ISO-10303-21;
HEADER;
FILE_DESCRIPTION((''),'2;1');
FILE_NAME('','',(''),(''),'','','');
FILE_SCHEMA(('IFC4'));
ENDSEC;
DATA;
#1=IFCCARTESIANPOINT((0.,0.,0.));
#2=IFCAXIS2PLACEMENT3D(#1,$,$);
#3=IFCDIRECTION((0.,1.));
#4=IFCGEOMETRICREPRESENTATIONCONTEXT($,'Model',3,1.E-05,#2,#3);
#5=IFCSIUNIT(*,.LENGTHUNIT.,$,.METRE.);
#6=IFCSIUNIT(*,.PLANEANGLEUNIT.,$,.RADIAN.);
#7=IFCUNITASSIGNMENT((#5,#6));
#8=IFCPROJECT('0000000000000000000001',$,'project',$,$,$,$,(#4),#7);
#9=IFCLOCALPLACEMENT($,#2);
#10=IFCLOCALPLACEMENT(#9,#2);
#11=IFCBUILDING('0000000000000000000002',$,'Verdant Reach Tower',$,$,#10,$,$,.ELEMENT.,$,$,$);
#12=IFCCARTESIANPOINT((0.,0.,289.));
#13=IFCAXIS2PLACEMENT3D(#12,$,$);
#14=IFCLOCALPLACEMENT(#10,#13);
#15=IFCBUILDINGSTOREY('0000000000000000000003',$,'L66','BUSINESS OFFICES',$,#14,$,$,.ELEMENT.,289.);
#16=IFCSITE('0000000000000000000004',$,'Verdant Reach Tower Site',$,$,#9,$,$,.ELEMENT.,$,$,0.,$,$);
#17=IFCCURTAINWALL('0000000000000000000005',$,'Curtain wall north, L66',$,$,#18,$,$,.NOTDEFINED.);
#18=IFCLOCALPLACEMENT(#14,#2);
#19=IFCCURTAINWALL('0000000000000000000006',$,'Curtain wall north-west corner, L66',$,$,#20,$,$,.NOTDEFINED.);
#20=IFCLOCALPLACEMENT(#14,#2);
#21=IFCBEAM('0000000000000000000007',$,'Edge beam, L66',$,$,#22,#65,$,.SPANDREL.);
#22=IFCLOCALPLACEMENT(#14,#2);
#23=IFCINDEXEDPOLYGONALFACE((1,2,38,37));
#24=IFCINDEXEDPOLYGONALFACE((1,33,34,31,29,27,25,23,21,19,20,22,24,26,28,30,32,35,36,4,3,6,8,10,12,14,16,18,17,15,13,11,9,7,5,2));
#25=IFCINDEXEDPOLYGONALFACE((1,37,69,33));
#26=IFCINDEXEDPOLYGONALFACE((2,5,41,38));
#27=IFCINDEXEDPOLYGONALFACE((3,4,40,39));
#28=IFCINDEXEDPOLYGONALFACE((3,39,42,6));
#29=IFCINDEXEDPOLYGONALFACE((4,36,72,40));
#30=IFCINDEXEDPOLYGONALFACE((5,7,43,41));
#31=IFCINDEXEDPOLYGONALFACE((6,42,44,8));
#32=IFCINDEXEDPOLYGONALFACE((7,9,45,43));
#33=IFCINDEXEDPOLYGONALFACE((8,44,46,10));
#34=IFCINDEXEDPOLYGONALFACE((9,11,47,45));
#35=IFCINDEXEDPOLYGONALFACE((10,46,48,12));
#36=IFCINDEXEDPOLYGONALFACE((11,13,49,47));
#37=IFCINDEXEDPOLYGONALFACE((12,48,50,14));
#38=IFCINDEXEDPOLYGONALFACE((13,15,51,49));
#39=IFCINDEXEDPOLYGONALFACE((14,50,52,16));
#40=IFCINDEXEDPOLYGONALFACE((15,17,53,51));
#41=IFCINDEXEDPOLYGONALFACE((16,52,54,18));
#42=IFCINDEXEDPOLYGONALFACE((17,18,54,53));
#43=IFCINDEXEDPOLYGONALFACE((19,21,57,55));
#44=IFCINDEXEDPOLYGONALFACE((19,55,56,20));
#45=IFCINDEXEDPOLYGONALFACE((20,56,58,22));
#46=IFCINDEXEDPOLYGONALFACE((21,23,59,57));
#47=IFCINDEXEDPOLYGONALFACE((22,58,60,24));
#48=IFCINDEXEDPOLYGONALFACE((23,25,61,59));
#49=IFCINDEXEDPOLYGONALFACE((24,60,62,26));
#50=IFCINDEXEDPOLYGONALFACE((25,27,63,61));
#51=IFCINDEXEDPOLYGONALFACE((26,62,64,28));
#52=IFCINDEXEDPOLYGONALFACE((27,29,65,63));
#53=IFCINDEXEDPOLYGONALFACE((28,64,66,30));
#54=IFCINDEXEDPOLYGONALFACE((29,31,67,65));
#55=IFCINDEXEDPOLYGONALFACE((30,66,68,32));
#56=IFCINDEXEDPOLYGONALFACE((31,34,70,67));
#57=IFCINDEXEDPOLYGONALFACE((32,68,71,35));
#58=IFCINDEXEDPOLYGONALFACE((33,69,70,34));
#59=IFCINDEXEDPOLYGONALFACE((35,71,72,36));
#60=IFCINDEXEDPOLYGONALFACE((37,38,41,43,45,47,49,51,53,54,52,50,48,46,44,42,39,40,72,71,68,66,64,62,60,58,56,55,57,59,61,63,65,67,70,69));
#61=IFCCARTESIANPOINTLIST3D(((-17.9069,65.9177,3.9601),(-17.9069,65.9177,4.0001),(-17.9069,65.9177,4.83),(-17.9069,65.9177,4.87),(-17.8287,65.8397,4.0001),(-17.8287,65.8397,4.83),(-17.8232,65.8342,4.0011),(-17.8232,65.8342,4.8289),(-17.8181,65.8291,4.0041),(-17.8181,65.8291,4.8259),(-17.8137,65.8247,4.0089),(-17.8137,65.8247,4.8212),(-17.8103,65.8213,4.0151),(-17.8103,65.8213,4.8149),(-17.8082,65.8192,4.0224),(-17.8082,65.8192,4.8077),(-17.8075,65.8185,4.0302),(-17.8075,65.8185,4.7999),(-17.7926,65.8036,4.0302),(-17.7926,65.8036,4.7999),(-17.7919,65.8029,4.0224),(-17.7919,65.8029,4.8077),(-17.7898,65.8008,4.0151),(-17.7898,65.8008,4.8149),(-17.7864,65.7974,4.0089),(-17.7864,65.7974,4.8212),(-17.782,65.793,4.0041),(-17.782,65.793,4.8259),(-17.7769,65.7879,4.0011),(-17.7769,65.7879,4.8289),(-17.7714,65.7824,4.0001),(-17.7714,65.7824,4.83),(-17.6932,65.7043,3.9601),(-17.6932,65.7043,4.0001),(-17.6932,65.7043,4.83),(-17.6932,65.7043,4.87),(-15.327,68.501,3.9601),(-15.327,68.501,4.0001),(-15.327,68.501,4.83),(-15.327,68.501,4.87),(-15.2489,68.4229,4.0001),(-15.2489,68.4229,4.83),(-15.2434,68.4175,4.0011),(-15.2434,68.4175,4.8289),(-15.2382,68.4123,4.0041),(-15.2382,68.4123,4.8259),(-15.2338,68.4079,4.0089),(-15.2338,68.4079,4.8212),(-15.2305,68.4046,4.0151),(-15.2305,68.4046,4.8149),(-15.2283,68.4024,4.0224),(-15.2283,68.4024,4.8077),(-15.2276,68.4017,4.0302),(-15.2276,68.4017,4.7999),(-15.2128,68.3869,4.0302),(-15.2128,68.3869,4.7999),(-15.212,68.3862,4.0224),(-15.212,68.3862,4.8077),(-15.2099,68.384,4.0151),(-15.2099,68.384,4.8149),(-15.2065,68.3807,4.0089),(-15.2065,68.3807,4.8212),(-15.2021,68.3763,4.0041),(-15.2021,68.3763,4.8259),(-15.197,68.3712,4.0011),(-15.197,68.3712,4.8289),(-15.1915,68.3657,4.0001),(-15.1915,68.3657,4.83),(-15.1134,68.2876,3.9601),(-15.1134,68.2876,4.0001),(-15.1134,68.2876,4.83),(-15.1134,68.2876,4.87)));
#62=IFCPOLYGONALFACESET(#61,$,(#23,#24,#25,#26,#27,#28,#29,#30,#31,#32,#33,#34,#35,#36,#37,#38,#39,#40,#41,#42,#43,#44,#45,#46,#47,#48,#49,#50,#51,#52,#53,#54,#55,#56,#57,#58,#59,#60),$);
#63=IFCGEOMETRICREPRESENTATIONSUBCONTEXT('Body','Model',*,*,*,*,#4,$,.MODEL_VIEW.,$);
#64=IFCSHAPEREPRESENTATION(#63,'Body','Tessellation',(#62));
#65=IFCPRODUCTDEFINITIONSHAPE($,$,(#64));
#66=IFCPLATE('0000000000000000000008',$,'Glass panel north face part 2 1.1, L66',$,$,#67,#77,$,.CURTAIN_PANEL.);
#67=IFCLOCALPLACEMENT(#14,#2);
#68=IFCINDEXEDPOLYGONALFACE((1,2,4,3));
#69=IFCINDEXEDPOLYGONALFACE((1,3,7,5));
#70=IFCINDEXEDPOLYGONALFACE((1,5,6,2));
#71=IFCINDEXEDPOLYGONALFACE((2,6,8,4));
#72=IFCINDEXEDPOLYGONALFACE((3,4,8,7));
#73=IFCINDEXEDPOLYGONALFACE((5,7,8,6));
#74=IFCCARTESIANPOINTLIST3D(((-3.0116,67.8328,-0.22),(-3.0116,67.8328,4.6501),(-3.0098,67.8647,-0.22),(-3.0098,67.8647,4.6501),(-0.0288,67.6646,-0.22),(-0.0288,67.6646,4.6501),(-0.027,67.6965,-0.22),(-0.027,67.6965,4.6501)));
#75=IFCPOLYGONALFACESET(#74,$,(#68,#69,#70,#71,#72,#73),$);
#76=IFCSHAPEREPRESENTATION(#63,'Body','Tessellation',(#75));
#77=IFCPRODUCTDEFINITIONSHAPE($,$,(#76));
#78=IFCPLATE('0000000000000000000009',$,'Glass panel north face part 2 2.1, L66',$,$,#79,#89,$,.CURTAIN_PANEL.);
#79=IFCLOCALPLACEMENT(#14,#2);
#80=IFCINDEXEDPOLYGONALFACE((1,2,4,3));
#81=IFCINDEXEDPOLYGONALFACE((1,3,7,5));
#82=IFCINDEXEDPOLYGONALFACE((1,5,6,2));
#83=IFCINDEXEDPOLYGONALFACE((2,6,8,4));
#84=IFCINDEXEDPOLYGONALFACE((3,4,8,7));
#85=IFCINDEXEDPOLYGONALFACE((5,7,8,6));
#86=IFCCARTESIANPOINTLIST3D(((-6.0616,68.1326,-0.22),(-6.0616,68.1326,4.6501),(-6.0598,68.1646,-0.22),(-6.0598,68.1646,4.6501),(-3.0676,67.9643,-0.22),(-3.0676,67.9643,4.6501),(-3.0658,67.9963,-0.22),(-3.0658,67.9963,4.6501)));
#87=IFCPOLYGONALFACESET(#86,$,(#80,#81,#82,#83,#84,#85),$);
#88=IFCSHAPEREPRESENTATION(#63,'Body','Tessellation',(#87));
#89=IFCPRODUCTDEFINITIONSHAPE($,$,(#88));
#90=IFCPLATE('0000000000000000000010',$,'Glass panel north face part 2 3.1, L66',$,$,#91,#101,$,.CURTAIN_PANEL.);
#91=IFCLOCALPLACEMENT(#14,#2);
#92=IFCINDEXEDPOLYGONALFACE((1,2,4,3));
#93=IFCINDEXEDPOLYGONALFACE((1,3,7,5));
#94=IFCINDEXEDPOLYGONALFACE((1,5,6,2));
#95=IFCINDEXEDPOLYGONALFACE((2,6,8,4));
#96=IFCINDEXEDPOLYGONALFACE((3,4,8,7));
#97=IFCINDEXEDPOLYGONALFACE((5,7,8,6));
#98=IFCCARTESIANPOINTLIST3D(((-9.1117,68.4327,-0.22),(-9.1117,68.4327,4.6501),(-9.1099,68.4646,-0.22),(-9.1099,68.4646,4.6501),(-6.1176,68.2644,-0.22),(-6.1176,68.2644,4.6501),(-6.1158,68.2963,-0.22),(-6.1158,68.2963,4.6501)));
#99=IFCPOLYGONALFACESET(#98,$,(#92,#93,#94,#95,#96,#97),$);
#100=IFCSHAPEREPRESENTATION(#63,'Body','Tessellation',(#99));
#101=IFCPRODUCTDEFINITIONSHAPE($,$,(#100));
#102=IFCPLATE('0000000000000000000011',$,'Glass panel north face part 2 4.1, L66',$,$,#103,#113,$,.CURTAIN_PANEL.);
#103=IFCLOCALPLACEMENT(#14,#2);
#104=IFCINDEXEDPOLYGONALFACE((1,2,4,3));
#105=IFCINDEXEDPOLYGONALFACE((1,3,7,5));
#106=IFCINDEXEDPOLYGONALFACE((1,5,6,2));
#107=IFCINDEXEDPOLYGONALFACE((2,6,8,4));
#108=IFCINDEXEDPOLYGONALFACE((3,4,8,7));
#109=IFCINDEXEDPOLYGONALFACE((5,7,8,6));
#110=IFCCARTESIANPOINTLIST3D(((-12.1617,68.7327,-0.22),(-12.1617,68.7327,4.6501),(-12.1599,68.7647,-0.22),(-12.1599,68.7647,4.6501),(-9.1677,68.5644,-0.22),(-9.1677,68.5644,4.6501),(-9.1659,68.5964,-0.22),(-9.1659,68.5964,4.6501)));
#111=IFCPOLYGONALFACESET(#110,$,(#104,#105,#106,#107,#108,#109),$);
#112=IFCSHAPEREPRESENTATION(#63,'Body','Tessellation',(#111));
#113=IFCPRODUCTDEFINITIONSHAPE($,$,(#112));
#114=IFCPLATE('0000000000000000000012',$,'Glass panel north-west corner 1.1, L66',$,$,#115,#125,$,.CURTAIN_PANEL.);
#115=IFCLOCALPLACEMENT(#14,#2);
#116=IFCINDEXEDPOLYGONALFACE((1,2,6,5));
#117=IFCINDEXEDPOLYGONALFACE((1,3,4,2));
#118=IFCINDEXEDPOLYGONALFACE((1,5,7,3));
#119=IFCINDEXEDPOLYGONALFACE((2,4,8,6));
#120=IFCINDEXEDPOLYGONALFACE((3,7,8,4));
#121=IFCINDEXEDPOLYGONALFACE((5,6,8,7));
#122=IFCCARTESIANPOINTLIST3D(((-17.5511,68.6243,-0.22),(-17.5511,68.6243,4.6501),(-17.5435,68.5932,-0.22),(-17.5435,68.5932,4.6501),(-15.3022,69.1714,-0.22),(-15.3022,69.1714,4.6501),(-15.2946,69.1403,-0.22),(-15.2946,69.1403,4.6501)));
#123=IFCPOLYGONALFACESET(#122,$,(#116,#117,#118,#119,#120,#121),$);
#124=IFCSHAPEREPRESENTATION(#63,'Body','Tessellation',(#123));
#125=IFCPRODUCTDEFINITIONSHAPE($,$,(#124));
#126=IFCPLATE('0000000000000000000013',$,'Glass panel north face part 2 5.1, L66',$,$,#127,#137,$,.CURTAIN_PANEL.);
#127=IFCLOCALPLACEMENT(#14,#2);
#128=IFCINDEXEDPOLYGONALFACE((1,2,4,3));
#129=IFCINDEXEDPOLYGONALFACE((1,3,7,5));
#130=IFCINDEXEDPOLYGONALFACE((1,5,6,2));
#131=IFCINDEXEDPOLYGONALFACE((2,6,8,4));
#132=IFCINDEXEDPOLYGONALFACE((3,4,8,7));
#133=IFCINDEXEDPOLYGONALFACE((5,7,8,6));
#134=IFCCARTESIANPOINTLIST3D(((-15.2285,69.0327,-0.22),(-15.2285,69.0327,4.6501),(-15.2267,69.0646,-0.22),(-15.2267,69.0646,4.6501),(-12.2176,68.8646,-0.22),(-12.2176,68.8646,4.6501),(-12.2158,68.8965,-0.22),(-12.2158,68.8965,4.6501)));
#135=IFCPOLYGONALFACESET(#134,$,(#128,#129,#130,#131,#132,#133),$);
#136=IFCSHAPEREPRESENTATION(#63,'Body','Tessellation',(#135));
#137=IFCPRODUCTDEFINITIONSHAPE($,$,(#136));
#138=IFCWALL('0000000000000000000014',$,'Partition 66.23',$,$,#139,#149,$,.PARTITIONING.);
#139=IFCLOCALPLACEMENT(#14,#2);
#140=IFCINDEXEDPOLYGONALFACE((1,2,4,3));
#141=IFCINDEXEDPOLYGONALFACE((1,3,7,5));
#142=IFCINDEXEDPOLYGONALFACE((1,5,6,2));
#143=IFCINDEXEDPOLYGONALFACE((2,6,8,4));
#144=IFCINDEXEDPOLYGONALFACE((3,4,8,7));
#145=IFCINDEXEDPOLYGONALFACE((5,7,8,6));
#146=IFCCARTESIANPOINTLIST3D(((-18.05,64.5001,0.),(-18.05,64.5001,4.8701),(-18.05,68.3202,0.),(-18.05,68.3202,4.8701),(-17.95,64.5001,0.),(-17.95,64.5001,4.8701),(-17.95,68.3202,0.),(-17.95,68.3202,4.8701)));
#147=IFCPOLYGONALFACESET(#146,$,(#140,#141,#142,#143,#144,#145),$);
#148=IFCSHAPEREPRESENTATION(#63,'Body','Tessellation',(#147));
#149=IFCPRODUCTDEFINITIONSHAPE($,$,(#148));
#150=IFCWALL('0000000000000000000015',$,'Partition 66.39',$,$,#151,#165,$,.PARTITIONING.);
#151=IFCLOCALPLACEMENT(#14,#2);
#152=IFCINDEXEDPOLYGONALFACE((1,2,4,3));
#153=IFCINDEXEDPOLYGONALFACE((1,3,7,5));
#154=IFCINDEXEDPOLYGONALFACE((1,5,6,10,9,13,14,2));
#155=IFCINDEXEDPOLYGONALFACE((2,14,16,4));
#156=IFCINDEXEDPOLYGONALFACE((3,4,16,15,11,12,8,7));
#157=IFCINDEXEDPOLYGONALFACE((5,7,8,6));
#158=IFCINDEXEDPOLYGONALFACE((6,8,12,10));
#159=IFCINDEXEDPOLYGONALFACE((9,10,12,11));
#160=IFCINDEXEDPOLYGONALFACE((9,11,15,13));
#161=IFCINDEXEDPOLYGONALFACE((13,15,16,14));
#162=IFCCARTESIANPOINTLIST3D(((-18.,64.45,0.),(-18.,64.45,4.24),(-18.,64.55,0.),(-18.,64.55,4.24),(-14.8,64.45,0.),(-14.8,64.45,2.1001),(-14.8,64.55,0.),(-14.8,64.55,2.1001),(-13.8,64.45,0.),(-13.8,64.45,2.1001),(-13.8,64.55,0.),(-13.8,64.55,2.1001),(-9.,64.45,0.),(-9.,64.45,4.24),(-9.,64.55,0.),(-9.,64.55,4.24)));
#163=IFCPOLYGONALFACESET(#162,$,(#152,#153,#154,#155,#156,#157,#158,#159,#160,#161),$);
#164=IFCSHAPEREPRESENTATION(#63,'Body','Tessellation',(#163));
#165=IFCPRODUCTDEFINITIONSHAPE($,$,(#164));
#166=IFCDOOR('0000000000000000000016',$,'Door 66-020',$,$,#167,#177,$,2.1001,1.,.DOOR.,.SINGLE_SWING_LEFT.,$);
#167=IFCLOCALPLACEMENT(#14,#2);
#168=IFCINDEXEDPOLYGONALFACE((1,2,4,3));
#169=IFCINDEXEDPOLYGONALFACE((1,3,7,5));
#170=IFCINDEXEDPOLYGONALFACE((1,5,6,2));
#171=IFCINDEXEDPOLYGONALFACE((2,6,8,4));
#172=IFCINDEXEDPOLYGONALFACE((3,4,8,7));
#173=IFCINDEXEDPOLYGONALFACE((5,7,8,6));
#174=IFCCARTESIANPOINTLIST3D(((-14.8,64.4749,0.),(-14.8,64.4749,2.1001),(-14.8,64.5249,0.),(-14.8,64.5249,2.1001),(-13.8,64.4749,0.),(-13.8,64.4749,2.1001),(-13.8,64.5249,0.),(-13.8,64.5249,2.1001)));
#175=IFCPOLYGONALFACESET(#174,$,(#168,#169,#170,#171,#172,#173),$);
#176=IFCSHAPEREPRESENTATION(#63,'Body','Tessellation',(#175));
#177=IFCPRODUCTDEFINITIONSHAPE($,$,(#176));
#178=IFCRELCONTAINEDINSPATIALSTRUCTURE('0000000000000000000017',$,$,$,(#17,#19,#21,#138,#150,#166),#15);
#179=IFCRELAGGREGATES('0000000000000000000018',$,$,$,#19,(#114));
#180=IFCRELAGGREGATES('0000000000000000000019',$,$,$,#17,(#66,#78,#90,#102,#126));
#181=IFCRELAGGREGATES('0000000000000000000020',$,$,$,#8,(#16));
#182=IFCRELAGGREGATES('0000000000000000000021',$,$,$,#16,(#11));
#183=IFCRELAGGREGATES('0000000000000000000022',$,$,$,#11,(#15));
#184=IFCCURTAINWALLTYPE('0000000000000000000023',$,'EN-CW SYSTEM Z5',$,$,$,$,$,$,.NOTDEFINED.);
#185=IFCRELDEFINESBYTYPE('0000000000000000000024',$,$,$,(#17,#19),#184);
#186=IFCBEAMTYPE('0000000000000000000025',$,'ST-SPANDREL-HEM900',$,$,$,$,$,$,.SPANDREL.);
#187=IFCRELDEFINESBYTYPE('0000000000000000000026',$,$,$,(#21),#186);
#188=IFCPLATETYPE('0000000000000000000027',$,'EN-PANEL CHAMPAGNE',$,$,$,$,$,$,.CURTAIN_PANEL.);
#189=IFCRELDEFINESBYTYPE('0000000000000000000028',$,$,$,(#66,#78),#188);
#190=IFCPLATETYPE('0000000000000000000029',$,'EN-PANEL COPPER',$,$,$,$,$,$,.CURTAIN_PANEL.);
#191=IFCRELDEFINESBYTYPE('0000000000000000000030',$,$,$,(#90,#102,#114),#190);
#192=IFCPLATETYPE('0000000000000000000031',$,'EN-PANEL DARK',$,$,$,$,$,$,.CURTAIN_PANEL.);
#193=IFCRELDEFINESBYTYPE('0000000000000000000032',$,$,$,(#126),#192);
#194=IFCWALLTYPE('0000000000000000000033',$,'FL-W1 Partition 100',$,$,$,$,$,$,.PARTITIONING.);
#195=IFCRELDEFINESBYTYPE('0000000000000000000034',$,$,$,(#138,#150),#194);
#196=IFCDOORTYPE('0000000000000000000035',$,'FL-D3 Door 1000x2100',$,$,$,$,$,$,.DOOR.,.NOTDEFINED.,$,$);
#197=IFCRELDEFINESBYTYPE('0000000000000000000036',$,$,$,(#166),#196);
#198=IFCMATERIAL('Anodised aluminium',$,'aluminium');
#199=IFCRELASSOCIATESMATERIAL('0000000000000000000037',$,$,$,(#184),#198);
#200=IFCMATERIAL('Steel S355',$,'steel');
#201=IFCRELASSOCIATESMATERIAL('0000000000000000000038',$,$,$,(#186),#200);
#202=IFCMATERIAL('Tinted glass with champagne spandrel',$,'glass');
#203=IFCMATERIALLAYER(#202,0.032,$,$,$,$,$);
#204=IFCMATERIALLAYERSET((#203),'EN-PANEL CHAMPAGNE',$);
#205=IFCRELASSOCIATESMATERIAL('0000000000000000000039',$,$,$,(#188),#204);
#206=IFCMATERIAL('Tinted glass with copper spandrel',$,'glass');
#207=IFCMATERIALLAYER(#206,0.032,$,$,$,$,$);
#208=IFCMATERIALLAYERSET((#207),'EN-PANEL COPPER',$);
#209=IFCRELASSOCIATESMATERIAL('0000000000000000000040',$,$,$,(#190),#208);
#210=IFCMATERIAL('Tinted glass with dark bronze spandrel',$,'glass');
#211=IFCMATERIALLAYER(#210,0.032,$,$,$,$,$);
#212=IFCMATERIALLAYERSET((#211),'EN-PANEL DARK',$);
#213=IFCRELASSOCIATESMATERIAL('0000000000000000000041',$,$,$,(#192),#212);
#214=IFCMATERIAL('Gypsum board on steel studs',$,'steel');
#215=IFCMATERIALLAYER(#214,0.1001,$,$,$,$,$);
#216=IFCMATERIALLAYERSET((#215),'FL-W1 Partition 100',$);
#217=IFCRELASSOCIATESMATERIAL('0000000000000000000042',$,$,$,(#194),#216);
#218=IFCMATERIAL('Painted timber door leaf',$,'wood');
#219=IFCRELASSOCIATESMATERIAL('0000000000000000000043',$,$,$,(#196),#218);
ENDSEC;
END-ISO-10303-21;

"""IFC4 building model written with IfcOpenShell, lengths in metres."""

from ifc_helpers import new_model, si_unit, direction, frame, frame_2d, origin, origin_2d, place, context, subcontext, project, spatial, rectangle, i_section, extrude, material, layer, layer_set, material_profile, profile_set, type_object, element, fill, aggregate, save


model = new_model("IFC4")

# Units and contexts
model_context = context("Model", 3, precision=1e-05, world=origin(), true_north=direction((0.0, 1.0)))
body_context = subcontext(model_context, "Body", "Model", "MODEL_VIEW")
ifc_project = project(units=[si_unit("LENGTHUNIT", "METRE"), si_unit("PLANEANGLEUNIT", "RADIAN")], contexts=[model_context])

# Site, building, storey
site_placement = place(None, origin())
site = spatial("IfcSite", under=ifc_project, at=site_placement, Name="Verdant Reach Tower Site", CompositionType="ELEMENT", RefElevation=0.0)
building_placement = place(site_placement, origin())
building = spatial("IfcBuilding", under=site, at=building_placement, Name="Verdant Reach Tower", CompositionType="ELEMENT")
storey_placement = place(building_placement, frame((0.0, 0.0, 289.0)))
storey = spatial("IfcBuildingStorey", under=building, at=storey_placement, Name="L66", Description="BUSINESS OFFICES", CompositionType="ELEMENT", Elevation=289.0)

# Curtain walls
ifc_material_1 = material(Name="Anodised aluminium", Category="aluminium")
curtain_wall_type = type_object("IfcCurtainWallType", Name="EN-CW SYSTEM Z5", PredefinedType="NOTDEFINED", material=ifc_material_1)
curtain_wall_1_placement = place(storey_placement, origin())
curtain_wall_1 = element("IfcCurtainWall", 1, at=curtain_wall_1_placement, inside=storey, type_object=curtain_wall_type, Name="Curtain wall north, L66", PredefinedType="NOTDEFINED")
curtain_wall_2_placement = place(storey_placement, origin())
curtain_wall_2 = element("IfcCurtainWall", 2, at=curtain_wall_2_placement, inside=storey, type_object=curtain_wall_type, Name="Curtain wall north-west corner, L66", PredefinedType="NOTDEFINED")

# Beam
ifc_material_2 = material(Name="Steel S355", Category="steel")
ifc_material_profile_1 = material_profile(ifc_material_2, i_section(OverallWidth=0.302, OverallDepth=0.9099, WebThickness=0.021, FlangeThickness=0.04, FilletRadius=0.03, at=origin_2d()), Name="HEM 900")
ifc_profile_set_1 = profile_set([ifc_material_profile_1], Name="Steel S355")
beam_type_1 = type_object("IfcBeamType", Name="ST-SPANDREL-HEM900", PredefinedType="SPANDREL", material=ifc_profile_set_1)
beam_1_placement = place(storey_placement, frame((-17.8, 65.811, 4.415), z_axis=(0.706639, 0.707575, 0.0), x_axis=(-0.707575, 0.706639, 0.0)))
element("IfcBeam", 3, at=beam_1_placement, inside=storey, type_object=beam_type_1, Name="Edge beam, L66", PredefinedType="SPANDREL", context=body_context, shape_type="SweptSolid", body=[
    extrude(i_section(OverallWidth=0.302, OverallDepth=0.9099, WebThickness=0.021, FlangeThickness=0.04, FilletRadius=0.03, at=origin_2d()), origin(), (0.0, 0.0, 1.0), 3.6509),
])

# Plates
ifc_material_3 = material(Name="Tinted glass with champagne spandrel", Category="glass")
ifc_layer_1 = layer(ifc_material_3, 0.032)
ifc_layer_set_1 = layer_set([ifc_layer_1], Name="EN-PANEL CHAMPAGNE")
plate_type_1 = type_object("IfcPlateType", Name="EN-PANEL CHAMPAGNE", PredefinedType="CURTAIN_PANEL", material=ifc_layer_set_1)
plate_1_placement = place(storey_placement, frame((-1.5193, 67.7646, -0.22), z_axis=(0.0, 0.0, 1.0), x_axis=(-0.998413, 0.056308, 0.0)))
plate_1 = element("IfcPlate", 4, at=plate_1_placement, type_object=plate_type_1, Name="Glass panel north face part 2 1.1, L66", PredefinedType="CURTAIN_PANEL", context=body_context, shape_type="SweptSolid", body=[
    extrude(rectangle(XDim=2.9875, YDim=0.032, at=origin_2d()), origin(), (0.0, 0.0, 1.0), 4.8701),
])
plate_2_placement = place(storey_placement, frame((-4.5637, 68.0645, -0.22), z_axis=(0.0, 0.0, 1.0), x_axis=(-0.998424, 0.056128, 0.0)))
plate_2 = element("IfcPlate", 5, at=plate_2_placement, type_object=plate_type_1, Name="Glass panel north face part 2 2.1, L66", PredefinedType="CURTAIN_PANEL", context=body_context, shape_type="SweptSolid", body=[
    extrude(rectangle(XDim=2.9988, YDim=0.032, at=origin_2d()), origin(), (0.0, 0.0, 1.0), 4.8701),
])
ifc_material_4 = material(Name="Tinted glass with copper spandrel", Category="glass")
ifc_layer_2 = layer(ifc_material_4, 0.032)
ifc_layer_set_2 = layer_set([ifc_layer_2], Name="EN-PANEL COPPER")
plate_type_2 = type_object("IfcPlateType", Name="EN-PANEL COPPER", PredefinedType="CURTAIN_PANEL", material=ifc_layer_set_2)
plate_3_placement = place(storey_placement, frame((-7.6138, 68.3645, -0.22), z_axis=(0.0, 0.0, 1.0), x_axis=(-0.998424, 0.056128, 0.0)))
plate_3 = element("IfcPlate", 6, at=plate_3_placement, type_object=plate_type_2, Name="Glass panel north face part 2 3.1, L66", PredefinedType="CURTAIN_PANEL", context=body_context, shape_type="SweptSolid", body=[
    extrude(rectangle(XDim=2.9988, YDim=0.032, at=origin_2d()), origin(), (0.0, 0.0, 1.0), 4.8701),
])
plate_4_placement = place(storey_placement, frame((-10.6638, 68.6646, -0.22), z_axis=(0.0, 0.0, 1.0), x_axis=(-0.998424, 0.056128, 0.0)))
plate_4 = element("IfcPlate", 7, at=plate_4_placement, type_object=plate_type_2, Name="Glass panel north face part 2 4.1, L66", PredefinedType="CURTAIN_PANEL", context=body_context, shape_type="SweptSolid", body=[
    extrude(rectangle(XDim=2.9988, YDim=0.032, at=origin_2d()), origin(), (0.0, 0.0, 1.0), 4.8701),
])
plate_5_placement = place(storey_placement, frame((-16.4229, 68.8823, -0.22), z_axis=(0.0, 0.0, 1.0), x_axis=(-0.971662, -0.236376, 0.0)))
plate_5 = element("IfcPlate", 8, at=plate_5_placement, type_object=plate_type_2, Name="Glass panel north-west corner 1.1, L66", PredefinedType="CURTAIN_PANEL", context=body_context, shape_type="SweptSolid", body=[
    extrude(rectangle(XDim=2.3145, YDim=0.032, at=origin_2d()), origin(), (0.0, 0.0, 1.0), 4.8701),
])
aggregate(curtain_wall_2, [plate_5])
ifc_material_5 = material(Name="Tinted glass with dark bronze spandrel", Category="glass")
ifc_layer_3 = layer(ifc_material_5, 0.032)
ifc_layer_set_3 = layer_set([ifc_layer_3], Name="EN-PANEL DARK")
plate_type_3 = type_object("IfcPlateType", Name="EN-PANEL DARK", PredefinedType="CURTAIN_PANEL", material=ifc_layer_set_3)
plate_6_placement = place(storey_placement, frame((-13.7222, 68.9646, -0.22), z_axis=(0.0, 0.0, 1.0), x_axis=(-0.998446, 0.055725, 0.0)))
plate_6 = element("IfcPlate", 9, at=plate_6_placement, type_object=plate_type_3, Name="Glass panel north face part 2 5.1, L66", PredefinedType="CURTAIN_PANEL", context=body_context, shape_type="SweptSolid", body=[
    extrude(rectangle(XDim=3.0156, YDim=0.032, at=origin_2d()), origin(), (0.0, 0.0, 1.0), 4.8701),
])
aggregate(curtain_wall_1, [plate_1, plate_2, plate_3, plate_4, plate_6])

# Wall
ifc_material_6 = material(Name="Gypsum board on steel studs", Category="steel")
ifc_layer_4 = layer(ifc_material_6, 0.1001)
ifc_layer_set_4 = layer_set([ifc_layer_4], Name="FL-W1 Partition 100")
wall_type = type_object("IfcWallType", Name="FL-W1 Partition 100", PredefinedType="PARTITIONING", material=ifc_layer_set_4)
wall_1_placement = place(storey_placement, frame((-18.0, 64.5, 0.0), z_axis=(0.0, 0.0, 1.0), x_axis=(0.0, 1.0, 0.0)))
element("IfcWall", 10, at=wall_1_placement, inside=storey, type_object=wall_type, Name="Partition 66.23", PredefinedType="PARTITIONING", context=body_context, shape_type="SweptSolid", body=[
    extrude(rectangle(XDim=3.8201, YDim=0.1001, at=frame_2d((1.9102, 0.0))), origin(), (0.0, 0.0, 1.0), 4.8701),
])

# Wall, opening, door
wall_2_placement = place(storey_placement, frame((-18.0, 64.5, 0.0), z_axis=(0.0, 0.0, 1.0), x_axis=(1.0, 0.0, 0.0)))
wall_2 = element("IfcWall", 11, at=wall_2_placement, inside=storey, type_object=wall_type, Name="Partition 66.39", PredefinedType="PARTITIONING", context=body_context, shape_type="SweptSolid", body=[
    extrude(rectangle(XDim=9.0, YDim=0.1001, at=frame_2d((4.5, 0.0))), origin(), (0.0, 0.0, 1.0), 4.24),
])
opening_1_placement = place(wall_2_placement, frame((3.2, 0.0, 0.0)))
opening_1 = element("IfcOpeningElement", 12, at=opening_1_placement, cuts=wall_2, PredefinedType="OPENING", context=body_context, shape_type="SweptSolid", body=[
    extrude(rectangle(XDim=1.0, YDim=2.1001, at=frame_2d((0.5, 1.05))), frame((0.0, 0.0601, 0.0), z_axis=(0.0, -1.0, 0.0), x_axis=(1.0, 0.0, 0.0)), (0.0, 0.0, 1.0), 0.1201),
])
ifc_material_7 = material(Name="Painted timber door leaf", Category="wood")
door_type = type_object("IfcDoorType", Name="FL-D3 Door 1000x2100", OperationType="NOTDEFINED", PredefinedType="DOOR", material=ifc_material_7)
door_1_placement = place(opening_1_placement, origin())
door_1 = element("IfcDoor", 13, at=door_1_placement, inside=storey, type_object=door_type, Name="Door 66-020", OperationType="SINGLE_SWING_LEFT", OverallHeight=2.1001, OverallWidth=1.0, PredefinedType="DOOR", context=body_context, shape_type="SweptSolid", body=[
    extrude(rectangle(XDim=1.0, YDim=2.1001, at=frame_2d((0.5, 1.05))), frame((0.0, 0.0249, 0.0), z_axis=(0.0, -1.0, 0.0), x_axis=(1.0, 0.0, 0.0)), (0.0, 0.0, 1.0), 0.05),
])
fill(opening_1, door_1)

save(model, "model.ifc")
